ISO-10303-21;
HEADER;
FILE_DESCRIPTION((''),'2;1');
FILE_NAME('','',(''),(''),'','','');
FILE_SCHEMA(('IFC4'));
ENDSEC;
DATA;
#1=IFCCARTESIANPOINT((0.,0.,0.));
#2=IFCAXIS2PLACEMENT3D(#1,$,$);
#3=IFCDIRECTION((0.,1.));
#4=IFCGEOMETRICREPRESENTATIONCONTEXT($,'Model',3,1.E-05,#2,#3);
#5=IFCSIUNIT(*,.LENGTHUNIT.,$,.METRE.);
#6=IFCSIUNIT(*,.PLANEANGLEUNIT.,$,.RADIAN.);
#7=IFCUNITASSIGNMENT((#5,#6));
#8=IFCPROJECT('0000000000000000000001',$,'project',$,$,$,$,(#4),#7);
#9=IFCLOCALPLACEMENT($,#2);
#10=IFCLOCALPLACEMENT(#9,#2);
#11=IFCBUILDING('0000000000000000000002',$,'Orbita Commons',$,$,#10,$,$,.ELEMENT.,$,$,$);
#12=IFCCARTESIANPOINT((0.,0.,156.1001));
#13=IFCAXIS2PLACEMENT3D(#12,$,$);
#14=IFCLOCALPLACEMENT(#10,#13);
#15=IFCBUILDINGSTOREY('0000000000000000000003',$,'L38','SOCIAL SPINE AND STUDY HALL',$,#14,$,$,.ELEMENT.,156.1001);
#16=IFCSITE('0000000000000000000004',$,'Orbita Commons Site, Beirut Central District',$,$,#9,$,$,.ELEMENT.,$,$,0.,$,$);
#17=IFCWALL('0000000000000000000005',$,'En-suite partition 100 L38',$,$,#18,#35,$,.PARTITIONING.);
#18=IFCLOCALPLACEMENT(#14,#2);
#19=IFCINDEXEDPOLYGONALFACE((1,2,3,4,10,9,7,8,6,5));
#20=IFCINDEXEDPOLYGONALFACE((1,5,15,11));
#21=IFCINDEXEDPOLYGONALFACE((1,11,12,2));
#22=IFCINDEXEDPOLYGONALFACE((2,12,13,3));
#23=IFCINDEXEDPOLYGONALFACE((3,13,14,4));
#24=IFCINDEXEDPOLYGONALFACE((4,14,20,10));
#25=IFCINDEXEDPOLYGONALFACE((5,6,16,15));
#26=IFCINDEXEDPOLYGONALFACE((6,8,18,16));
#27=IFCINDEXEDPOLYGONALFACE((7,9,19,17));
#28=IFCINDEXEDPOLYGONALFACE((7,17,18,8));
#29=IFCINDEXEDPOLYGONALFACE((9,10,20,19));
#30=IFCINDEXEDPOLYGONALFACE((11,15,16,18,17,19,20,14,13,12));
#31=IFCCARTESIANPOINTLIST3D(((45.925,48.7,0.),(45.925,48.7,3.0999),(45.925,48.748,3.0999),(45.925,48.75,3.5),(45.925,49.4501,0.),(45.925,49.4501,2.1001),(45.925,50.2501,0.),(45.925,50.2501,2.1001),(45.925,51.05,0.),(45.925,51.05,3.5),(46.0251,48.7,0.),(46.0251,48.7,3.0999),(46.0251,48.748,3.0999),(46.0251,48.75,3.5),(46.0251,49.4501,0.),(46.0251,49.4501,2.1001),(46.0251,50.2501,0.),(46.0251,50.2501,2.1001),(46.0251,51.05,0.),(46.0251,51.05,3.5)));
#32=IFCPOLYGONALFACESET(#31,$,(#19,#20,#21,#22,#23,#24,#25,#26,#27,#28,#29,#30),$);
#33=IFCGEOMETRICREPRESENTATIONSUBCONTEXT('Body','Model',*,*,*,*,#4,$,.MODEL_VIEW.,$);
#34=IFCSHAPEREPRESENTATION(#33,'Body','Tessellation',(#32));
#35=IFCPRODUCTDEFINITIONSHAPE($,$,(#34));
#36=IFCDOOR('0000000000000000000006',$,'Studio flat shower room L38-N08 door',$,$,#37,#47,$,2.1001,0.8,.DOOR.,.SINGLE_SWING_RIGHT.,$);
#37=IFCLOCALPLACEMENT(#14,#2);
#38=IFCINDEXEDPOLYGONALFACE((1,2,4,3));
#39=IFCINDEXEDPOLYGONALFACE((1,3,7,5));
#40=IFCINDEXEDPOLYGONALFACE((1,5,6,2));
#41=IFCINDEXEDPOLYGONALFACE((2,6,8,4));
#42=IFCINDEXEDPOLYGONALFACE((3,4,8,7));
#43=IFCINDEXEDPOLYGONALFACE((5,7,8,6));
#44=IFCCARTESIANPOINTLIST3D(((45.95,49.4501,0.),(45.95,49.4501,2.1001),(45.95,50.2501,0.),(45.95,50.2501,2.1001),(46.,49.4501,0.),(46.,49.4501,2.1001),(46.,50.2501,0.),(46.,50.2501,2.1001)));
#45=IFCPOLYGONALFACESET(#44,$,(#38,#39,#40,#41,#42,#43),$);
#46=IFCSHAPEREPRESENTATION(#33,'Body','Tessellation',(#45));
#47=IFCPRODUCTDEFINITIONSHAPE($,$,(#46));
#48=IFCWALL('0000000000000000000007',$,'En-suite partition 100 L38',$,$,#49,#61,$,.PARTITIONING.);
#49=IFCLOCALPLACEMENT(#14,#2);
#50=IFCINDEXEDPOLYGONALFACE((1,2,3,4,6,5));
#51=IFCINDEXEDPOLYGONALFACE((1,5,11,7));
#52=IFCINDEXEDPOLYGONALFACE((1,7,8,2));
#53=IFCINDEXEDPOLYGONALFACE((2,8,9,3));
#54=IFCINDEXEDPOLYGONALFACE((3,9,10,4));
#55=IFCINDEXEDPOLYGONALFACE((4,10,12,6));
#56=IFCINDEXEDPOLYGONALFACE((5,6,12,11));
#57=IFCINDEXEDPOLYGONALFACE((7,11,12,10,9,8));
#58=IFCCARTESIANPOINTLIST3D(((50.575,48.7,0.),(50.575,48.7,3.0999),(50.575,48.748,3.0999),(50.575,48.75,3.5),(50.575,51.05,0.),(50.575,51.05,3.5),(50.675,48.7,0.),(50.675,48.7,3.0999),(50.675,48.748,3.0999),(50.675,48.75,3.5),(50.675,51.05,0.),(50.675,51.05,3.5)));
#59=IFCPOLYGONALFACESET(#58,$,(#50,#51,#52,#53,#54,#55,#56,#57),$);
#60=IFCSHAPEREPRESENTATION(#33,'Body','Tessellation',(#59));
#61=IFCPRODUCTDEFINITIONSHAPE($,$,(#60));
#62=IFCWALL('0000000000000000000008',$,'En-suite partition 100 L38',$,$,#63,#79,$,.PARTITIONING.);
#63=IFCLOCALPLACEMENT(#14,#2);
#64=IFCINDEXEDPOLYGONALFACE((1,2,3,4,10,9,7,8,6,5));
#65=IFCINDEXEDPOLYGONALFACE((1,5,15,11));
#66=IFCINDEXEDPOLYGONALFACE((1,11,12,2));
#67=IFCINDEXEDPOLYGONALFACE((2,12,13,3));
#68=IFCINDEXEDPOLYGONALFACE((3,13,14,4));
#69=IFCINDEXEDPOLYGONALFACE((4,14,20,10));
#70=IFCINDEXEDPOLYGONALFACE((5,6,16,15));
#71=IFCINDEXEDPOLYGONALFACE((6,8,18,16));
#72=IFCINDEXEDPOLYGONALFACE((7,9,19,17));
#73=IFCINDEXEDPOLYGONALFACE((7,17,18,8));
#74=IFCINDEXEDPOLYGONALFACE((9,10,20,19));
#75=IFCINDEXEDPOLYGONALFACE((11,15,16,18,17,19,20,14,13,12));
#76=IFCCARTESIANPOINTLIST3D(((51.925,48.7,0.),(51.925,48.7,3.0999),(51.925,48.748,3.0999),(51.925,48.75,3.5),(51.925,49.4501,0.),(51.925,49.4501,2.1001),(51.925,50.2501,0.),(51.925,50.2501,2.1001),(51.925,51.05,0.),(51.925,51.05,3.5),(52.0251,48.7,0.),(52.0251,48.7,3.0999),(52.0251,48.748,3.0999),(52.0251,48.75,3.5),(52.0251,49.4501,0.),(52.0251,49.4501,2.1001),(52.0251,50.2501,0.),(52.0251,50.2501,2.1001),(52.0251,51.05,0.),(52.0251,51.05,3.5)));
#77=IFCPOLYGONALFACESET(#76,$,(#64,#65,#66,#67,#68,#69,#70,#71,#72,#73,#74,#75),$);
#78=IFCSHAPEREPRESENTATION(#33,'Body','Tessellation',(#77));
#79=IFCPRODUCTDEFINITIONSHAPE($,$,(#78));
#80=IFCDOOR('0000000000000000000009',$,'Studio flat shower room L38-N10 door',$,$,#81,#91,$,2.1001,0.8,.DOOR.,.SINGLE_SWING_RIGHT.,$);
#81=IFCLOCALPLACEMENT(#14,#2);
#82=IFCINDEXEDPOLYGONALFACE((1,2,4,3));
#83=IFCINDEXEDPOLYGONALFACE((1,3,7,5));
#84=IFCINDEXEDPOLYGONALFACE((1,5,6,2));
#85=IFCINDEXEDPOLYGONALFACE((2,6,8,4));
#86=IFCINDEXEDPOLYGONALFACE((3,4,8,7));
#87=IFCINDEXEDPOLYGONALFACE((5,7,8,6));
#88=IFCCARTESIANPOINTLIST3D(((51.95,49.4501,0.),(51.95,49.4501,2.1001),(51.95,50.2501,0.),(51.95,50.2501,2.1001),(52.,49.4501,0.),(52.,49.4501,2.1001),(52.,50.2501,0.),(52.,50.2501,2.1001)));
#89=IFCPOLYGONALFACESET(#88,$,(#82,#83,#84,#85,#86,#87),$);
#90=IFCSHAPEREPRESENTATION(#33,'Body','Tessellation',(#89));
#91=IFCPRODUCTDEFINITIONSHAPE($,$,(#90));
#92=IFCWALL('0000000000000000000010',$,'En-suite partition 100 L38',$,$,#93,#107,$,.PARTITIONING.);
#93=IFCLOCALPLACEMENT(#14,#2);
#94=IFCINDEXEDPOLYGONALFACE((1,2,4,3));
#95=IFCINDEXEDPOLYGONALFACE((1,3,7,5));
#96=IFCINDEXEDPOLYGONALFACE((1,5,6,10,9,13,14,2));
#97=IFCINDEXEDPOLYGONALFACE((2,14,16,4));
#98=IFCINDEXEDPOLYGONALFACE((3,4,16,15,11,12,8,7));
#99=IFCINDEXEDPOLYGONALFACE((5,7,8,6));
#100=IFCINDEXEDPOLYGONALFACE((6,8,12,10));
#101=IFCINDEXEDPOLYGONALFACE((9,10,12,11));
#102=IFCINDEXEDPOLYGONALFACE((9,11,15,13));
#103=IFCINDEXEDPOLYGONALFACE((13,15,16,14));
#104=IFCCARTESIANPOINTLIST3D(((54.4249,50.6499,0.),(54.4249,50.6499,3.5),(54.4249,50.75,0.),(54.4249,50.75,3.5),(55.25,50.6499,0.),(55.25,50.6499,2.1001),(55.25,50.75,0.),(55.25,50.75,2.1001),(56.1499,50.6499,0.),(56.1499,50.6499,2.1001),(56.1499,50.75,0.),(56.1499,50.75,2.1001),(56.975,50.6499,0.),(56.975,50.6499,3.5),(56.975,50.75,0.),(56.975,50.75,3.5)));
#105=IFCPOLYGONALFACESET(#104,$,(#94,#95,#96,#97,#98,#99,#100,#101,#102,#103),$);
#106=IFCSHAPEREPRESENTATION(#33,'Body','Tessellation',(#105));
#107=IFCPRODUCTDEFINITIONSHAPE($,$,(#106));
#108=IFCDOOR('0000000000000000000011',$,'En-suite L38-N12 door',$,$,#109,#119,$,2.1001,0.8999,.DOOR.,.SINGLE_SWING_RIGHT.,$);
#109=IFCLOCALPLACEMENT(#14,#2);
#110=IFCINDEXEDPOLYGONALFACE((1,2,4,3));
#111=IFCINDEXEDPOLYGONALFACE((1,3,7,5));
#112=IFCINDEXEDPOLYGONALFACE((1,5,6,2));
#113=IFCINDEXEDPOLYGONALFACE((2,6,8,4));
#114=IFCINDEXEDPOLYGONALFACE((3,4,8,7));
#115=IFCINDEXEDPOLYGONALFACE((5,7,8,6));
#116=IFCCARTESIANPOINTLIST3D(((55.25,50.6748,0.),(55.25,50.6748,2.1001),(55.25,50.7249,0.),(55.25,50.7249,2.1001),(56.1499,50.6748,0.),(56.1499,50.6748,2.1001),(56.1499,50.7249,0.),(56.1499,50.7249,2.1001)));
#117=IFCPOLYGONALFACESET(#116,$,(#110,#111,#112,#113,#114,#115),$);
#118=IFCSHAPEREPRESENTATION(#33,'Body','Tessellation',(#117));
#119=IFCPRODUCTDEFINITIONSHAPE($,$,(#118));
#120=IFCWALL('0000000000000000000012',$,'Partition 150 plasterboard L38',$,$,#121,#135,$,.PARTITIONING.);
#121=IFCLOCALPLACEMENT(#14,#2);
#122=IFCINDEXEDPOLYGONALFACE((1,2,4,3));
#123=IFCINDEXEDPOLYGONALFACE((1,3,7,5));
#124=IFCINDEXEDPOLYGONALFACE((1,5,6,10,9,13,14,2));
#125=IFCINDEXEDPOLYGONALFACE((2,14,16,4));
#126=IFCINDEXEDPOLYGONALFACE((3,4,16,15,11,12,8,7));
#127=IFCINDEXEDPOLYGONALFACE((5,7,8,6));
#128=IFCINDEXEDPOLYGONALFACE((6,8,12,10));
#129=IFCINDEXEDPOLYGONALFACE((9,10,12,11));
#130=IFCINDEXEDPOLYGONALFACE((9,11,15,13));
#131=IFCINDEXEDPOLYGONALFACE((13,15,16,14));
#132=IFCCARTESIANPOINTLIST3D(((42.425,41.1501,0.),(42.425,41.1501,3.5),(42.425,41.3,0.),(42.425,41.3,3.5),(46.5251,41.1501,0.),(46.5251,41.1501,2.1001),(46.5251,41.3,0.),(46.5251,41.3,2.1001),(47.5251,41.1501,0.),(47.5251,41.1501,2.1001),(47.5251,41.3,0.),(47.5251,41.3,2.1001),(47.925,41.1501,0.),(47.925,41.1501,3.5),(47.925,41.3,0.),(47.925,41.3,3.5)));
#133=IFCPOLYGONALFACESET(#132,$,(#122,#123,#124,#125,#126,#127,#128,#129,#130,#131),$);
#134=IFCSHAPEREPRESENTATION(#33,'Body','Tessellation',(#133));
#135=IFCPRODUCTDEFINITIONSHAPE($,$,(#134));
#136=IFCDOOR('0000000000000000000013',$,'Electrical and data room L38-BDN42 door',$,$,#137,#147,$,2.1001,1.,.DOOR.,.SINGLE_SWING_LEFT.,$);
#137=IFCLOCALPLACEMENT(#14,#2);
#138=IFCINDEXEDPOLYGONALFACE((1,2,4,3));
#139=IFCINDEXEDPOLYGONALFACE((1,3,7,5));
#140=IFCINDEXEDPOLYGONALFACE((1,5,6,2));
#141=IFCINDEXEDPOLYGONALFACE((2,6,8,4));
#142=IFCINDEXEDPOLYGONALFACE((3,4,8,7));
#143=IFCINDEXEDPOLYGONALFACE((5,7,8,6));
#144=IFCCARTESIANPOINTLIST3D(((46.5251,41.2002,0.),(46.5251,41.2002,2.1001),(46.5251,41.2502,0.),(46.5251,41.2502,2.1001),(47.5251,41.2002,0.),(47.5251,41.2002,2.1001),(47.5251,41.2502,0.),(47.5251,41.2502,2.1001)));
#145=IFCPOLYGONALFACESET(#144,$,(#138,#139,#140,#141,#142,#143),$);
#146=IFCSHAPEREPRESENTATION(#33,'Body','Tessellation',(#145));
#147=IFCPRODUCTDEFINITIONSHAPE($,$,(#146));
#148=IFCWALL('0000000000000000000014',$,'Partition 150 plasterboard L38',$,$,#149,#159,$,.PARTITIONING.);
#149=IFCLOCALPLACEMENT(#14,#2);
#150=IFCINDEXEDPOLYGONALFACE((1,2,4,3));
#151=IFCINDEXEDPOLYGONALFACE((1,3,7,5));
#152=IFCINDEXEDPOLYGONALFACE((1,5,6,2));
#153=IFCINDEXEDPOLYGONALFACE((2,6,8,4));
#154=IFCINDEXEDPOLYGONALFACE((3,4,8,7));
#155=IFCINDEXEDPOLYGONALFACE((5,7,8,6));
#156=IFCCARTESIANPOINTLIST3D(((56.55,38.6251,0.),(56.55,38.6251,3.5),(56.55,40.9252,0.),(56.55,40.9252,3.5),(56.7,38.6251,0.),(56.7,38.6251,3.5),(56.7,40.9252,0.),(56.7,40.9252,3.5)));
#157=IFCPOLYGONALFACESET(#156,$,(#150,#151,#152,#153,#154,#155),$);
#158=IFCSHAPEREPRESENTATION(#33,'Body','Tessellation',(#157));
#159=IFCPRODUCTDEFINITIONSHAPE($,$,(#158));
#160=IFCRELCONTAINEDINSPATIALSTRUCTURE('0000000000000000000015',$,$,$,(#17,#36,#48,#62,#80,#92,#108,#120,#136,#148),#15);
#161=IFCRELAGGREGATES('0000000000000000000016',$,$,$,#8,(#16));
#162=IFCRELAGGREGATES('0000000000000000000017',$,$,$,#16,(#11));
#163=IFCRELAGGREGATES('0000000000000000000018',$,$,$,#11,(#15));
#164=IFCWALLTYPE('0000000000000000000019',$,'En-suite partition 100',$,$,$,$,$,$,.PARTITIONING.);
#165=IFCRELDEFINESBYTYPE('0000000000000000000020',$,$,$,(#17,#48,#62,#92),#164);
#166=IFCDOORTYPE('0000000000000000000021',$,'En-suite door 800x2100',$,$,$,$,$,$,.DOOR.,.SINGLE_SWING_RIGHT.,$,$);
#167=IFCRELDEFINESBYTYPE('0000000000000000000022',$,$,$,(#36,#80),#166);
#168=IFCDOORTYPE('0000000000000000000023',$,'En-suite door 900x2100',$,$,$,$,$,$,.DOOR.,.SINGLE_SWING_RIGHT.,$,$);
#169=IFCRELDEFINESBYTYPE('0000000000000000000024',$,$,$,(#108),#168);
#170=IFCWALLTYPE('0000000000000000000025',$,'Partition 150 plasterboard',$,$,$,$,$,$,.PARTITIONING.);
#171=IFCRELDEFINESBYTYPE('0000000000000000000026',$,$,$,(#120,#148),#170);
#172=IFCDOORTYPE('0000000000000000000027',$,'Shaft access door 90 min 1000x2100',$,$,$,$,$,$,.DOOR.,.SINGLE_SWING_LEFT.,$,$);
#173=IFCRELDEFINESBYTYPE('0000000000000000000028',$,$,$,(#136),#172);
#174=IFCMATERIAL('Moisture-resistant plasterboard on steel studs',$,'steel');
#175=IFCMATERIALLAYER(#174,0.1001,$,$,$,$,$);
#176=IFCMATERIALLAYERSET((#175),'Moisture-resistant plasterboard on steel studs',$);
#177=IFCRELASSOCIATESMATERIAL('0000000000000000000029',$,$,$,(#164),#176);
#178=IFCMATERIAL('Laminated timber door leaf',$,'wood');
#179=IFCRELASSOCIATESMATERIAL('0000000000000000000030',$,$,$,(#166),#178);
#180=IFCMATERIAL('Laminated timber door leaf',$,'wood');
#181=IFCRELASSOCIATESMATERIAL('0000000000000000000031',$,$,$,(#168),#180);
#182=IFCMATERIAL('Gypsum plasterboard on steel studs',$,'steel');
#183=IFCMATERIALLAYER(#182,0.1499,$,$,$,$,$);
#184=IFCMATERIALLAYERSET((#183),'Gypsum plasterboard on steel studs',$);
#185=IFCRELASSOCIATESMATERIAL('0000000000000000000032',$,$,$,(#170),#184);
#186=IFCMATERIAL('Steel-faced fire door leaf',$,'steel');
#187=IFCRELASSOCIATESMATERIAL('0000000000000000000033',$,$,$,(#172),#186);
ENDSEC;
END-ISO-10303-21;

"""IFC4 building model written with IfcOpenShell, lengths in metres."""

from ifc_helpers import new_model, si_unit, direction, frame, frame_2d, origin, place, context, subcontext, project, spatial, polyline, rectangle, outline, extrude, material, layer, layer_set, type_object, element, fill, save


model = new_model("IFC4")

# Units and contexts
model_context = context("Model", 3, precision=1e-05, world=origin(), true_north=direction((0.0, 1.0)))
body_context = subcontext(model_context, "Body", "Model", "MODEL_VIEW")
ifc_project = project(units=[si_unit("LENGTHUNIT", "METRE"), si_unit("PLANEANGLEUNIT", "RADIAN")], contexts=[model_context])

# Site, building, storey
site_placement = place(None, origin())
site = spatial("IfcSite", under=ifc_project, at=site_placement, Name="Orbita Commons Site, Beirut Central District", CompositionType="ELEMENT", RefElevation=0.0)
building_placement = place(site_placement, origin())
building = spatial("IfcBuilding", under=site, at=building_placement, Name="Orbita Commons", CompositionType="ELEMENT")
storey_placement = place(building_placement, frame((0.0, 0.0, 156.1001)))
storey = spatial("IfcBuildingStorey", under=building, at=storey_placement, Name="L38", Description="SOCIAL SPINE AND STUDY HALL", CompositionType="ELEMENT", Elevation=156.1001)

# Shared definitions
ifc_material_1 = material(Name="Moisture-resistant plasterboard on steel studs", Category="steel")
ifc_layer_1 = layer(ifc_material_1, 0.1001)
ifc_layer_set_1 = layer_set([ifc_layer_1], Name="Moisture-resistant plasterboard on steel studs")
wall_type_1 = type_object("IfcWallType", Name="En-suite partition 100", PredefinedType="PARTITIONING", material=ifc_layer_set_1)

# Wall, opening, door
wall_1_placement = place(storey_placement, frame((45.9751, 51.05, 0.0), z_axis=(0.0, 0.0, 1.0), x_axis=(0.0, -1.0, 0.0)))
wall_1 = element("IfcWall", 1, at=wall_1_placement, inside=storey, type_object=wall_type_1, Name="En-suite partition 100 L38", PredefinedType="PARTITIONING", context=body_context, shape_type="SweptSolid", body=[
    extrude(outline(polyline([(0.0, 0.0), (2.3501, 0.0), (2.3501, 3.0999), (2.302, 3.0999), (2.3, 3.5), (0.0, 3.5), (0.0, 0.0)])), frame((0.0, 0.05, 0.0), z_axis=(0.0, -1.0, 0.0), x_axis=(1.0, 0.0, 0.0)), (0.0, 0.0, 1.0), 0.1001),
])
opening_1_placement = place(wall_1_placement, frame((0.8, 0.0, 0.0)))
opening_1 = element("IfcOpeningElement", 2, at=opening_1_placement, cuts=wall_1, PredefinedType="OPENING", context=body_context, shape_type="SweptSolid", body=[
    extrude(rectangle(XDim=0.8, YDim=2.1001, at=frame_2d((0.3999, 1.05))), frame((0.0, 0.0601, 0.0), z_axis=(0.0, -1.0, 0.0), x_axis=(1.0, 0.0, 0.0)), (0.0, 0.0, 1.0), 0.1201),
])
ifc_material_2 = material(Name="Laminated timber door leaf", Category="wood")
door_type_1 = type_object("IfcDoorType", Name="En-suite door 800x2100", OperationType="SINGLE_SWING_RIGHT", PredefinedType="DOOR", material=ifc_material_2)
door_1_placement = place(opening_1_placement, origin())
door_1 = element("IfcDoor", 3, at=door_1_placement, inside=storey, type_object=door_type_1, Name="Studio flat shower room L38-N08 door", OperationType="SINGLE_SWING_RIGHT", OverallHeight=2.1001, OverallWidth=0.8, PredefinedType="DOOR", context=body_context, shape_type="SweptSolid", body=[
    extrude(rectangle(XDim=0.8, YDim=2.1001, at=frame_2d((0.3999, 1.05))), frame((0.0, 0.0249, 0.0), z_axis=(0.0, -1.0, 0.0), x_axis=(1.0, 0.0, 0.0)), (0.0, 0.0, 1.0), 0.05),
])
fill(opening_1, door_1)

# Wall
wall_2_placement = place(storey_placement, frame((50.625, 51.05, 0.0), z_axis=(0.0, 0.0, 1.0), x_axis=(0.0, -1.0, 0.0)))
element("IfcWall", 4, at=wall_2_placement, inside=storey, type_object=wall_type_1, Name="En-suite partition 100 L38", PredefinedType="PARTITIONING", context=body_context, shape_type="SweptSolid", body=[
    extrude(outline(polyline([(0.0, 0.0), (2.3501, 0.0), (2.3501, 3.0999), (2.302, 3.0999), (2.3, 3.5), (0.0, 3.5), (0.0, 0.0)])), frame((0.0, 0.05, 0.0), z_axis=(0.0, -1.0, 0.0), x_axis=(1.0, 0.0, 0.0)), (0.0, 0.0, 1.0), 0.1001),
])

# Walls, openings, doors
wall_3_placement = place(storey_placement, frame((51.9751, 51.05, 0.0), z_axis=(0.0, 0.0, 1.0), x_axis=(0.0, -1.0, 0.0)))
wall_3 = element("IfcWall", 5, at=wall_3_placement, inside=storey, type_object=wall_type_1, Name="En-suite partition 100 L38", PredefinedType="PARTITIONING", context=body_context, shape_type="SweptSolid", body=[
    extrude(outline(polyline([(0.0, 0.0), (2.3501, 0.0), (2.3501, 3.0999), (2.302, 3.0999), (2.3, 3.5), (0.0, 3.5), (0.0, 0.0)])), frame((0.0, 0.05, 0.0), z_axis=(0.0, -1.0, 0.0), x_axis=(1.0, 0.0, 0.0)), (0.0, 0.0, 1.0), 0.1001),
])
opening_2_placement = place(wall_3_placement, frame((0.8, 0.0, 0.0)))
opening_2 = element("IfcOpeningElement", 6, at=opening_2_placement, cuts=wall_3, PredefinedType="OPENING", context=body_context, shape_type="SweptSolid", body=[
    extrude(rectangle(XDim=0.8, YDim=2.1001, at=frame_2d((0.3999, 1.05))), frame((0.0, 0.0601, 0.0), z_axis=(0.0, -1.0, 0.0), x_axis=(1.0, 0.0, 0.0)), (0.0, 0.0, 1.0), 0.1201),
])
door_2_placement = place(opening_2_placement, origin())
door_2 = element("IfcDoor", 7, at=door_2_placement, inside=storey, type_object=door_type_1, Name="Studio flat shower room L38-N10 door", OperationType="SINGLE_SWING_RIGHT", OverallHeight=2.1001, OverallWidth=0.8, PredefinedType="DOOR", context=body_context, shape_type="SweptSolid", body=[
    extrude(rectangle(XDim=0.8, YDim=2.1001, at=frame_2d((0.3999, 1.05))), frame((0.0, 0.0249, 0.0), z_axis=(0.0, -1.0, 0.0), x_axis=(1.0, 0.0, 0.0)), (0.0, 0.0, 1.0), 0.05),
])
fill(opening_2, door_2)
wall_4_placement = place(storey_placement, frame((54.425, 50.7, 0.0), z_axis=(0.0, 0.0, 1.0), x_axis=(1.0, 0.0, 0.0)))
wall_4 = element("IfcWall", 8, at=wall_4_placement, inside=storey, type_object=wall_type_1, Name="En-suite partition 100 L38", PredefinedType="PARTITIONING", context=body_context, shape_type="SweptSolid", body=[
    extrude(rectangle(XDim=2.55, YDim=0.1001, at=frame_2d((1.2749, 0.0))), origin(), (0.0, 0.0, 1.0), 3.5),
])
opening_3_placement = place(wall_4_placement, frame((0.825, 0.0, 0.0)))
opening_3 = element("IfcOpeningElement", 9, at=opening_3_placement, cuts=wall_4, PredefinedType="OPENING", context=body_context, shape_type="SweptSolid", body=[
    extrude(rectangle(XDim=0.8999, YDim=2.1001, at=frame_2d((0.45, 1.05))), frame((0.0, 0.0601, 0.0), z_axis=(0.0, -1.0, 0.0), x_axis=(1.0, 0.0, 0.0)), (0.0, 0.0, 1.0), 0.1201),
])
ifc_material_3 = material(Name="Laminated timber door leaf", Category="wood")
door_type_2 = type_object("IfcDoorType", Name="En-suite door 900x2100", OperationType="SINGLE_SWING_RIGHT", PredefinedType="DOOR", material=ifc_material_3)
door_3_placement = place(opening_3_placement, origin())
door_3 = element("IfcDoor", 10, at=door_3_placement, inside=storey, type_object=door_type_2, Name="En-suite L38-N12 door", OperationType="SINGLE_SWING_RIGHT", OverallHeight=2.1001, OverallWidth=0.8999, PredefinedType="DOOR", context=body_context, shape_type="SweptSolid", body=[
    extrude(rectangle(XDim=0.8999, YDim=2.1001, at=frame_2d((0.45, 1.05))), frame((0.0, 0.0249, 0.0), z_axis=(0.0, -1.0, 0.0), x_axis=(1.0, 0.0, 0.0)), (0.0, 0.0, 1.0), 0.05),
])
fill(opening_3, door_3)
ifc_material_4 = material(Name="Gypsum plasterboard on steel studs", Category="steel")
ifc_layer_2 = layer(ifc_material_4, 0.1499)
ifc_layer_set_2 = layer_set([ifc_layer_2], Name="Gypsum plasterboard on steel studs")
wall_type_2 = type_object("IfcWallType", Name="Partition 150 plasterboard", PredefinedType="PARTITIONING", material=ifc_layer_set_2)
wall_5_placement = place(storey_placement, frame((47.925, 41.2251, 0.0), z_axis=(0.0, 0.0, 1.0), x_axis=(-1.0, 0.0, 0.0)))
wall_5 = element("IfcWall", 11, at=wall_5_placement, inside=storey, type_object=wall_type_2, Name="Partition 150 plasterboard L38", PredefinedType="PARTITIONING", context=body_context, shape_type="SweptSolid", body=[
    extrude(rectangle(XDim=5.5, YDim=0.1499, at=frame_2d((2.75, 0.0))), origin(), (0.0, 0.0, 1.0), 3.5),
])
opening_4_placement = place(wall_5_placement, frame((0.3999, 0.0, 0.0)))
opening_4 = element("IfcOpeningElement", 12, at=opening_4_placement, cuts=wall_5, PredefinedType="OPENING", context=body_context, shape_type="SweptSolid", body=[
    extrude(rectangle(XDim=1.0, YDim=2.1001, at=frame_2d((0.5, 1.05))), frame((0.0, 0.085, 0.0), z_axis=(0.0, -1.0, 0.0), x_axis=(1.0, 0.0, 0.0)), (0.0, 0.0, 1.0), 0.1699),
])
ifc_material_5 = material(Name="Steel-faced fire door leaf", Category="steel")
door_type_3 = type_object("IfcDoorType", Name="Shaft access door 90 min 1000x2100", OperationType="SINGLE_SWING_LEFT", PredefinedType="DOOR", material=ifc_material_5)
door_4_placement = place(opening_4_placement, origin())
door_4 = element("IfcDoor", 13, at=door_4_placement, inside=storey, type_object=door_type_3, Name="Electrical and data room L38-BDN42 door", OperationType="SINGLE_SWING_LEFT", OverallHeight=2.1001, OverallWidth=1.0, PredefinedType="DOOR", context=body_context, shape_type="SweptSolid", body=[
    extrude(rectangle(XDim=1.0, YDim=2.1001, at=frame_2d((0.5, 1.05))), frame((0.0, 0.0249, 0.0), z_axis=(0.0, -1.0, 0.0), x_axis=(1.0, 0.0, 0.0)), (0.0, 0.0, 1.0), 0.05),
])
fill(opening_4, door_4)

# Wall
wall_6_placement = place(storey_placement, frame((56.625, 40.925, 0.0), z_axis=(0.0, 0.0, 1.0), x_axis=(0.0, -1.0, 0.0)))
element("IfcWall", 14, at=wall_6_placement, inside=storey, type_object=wall_type_2, Name="Partition 150 plasterboard L38", PredefinedType="PARTITIONING", context=body_context, shape_type="SweptSolid", body=[
    extrude(rectangle(XDim=2.3, YDim=0.1499, at=frame_2d((1.1499, 0.0))), origin(), (0.0, 0.0, 1.0), 3.5),
])

save(model, "model.ifc")
